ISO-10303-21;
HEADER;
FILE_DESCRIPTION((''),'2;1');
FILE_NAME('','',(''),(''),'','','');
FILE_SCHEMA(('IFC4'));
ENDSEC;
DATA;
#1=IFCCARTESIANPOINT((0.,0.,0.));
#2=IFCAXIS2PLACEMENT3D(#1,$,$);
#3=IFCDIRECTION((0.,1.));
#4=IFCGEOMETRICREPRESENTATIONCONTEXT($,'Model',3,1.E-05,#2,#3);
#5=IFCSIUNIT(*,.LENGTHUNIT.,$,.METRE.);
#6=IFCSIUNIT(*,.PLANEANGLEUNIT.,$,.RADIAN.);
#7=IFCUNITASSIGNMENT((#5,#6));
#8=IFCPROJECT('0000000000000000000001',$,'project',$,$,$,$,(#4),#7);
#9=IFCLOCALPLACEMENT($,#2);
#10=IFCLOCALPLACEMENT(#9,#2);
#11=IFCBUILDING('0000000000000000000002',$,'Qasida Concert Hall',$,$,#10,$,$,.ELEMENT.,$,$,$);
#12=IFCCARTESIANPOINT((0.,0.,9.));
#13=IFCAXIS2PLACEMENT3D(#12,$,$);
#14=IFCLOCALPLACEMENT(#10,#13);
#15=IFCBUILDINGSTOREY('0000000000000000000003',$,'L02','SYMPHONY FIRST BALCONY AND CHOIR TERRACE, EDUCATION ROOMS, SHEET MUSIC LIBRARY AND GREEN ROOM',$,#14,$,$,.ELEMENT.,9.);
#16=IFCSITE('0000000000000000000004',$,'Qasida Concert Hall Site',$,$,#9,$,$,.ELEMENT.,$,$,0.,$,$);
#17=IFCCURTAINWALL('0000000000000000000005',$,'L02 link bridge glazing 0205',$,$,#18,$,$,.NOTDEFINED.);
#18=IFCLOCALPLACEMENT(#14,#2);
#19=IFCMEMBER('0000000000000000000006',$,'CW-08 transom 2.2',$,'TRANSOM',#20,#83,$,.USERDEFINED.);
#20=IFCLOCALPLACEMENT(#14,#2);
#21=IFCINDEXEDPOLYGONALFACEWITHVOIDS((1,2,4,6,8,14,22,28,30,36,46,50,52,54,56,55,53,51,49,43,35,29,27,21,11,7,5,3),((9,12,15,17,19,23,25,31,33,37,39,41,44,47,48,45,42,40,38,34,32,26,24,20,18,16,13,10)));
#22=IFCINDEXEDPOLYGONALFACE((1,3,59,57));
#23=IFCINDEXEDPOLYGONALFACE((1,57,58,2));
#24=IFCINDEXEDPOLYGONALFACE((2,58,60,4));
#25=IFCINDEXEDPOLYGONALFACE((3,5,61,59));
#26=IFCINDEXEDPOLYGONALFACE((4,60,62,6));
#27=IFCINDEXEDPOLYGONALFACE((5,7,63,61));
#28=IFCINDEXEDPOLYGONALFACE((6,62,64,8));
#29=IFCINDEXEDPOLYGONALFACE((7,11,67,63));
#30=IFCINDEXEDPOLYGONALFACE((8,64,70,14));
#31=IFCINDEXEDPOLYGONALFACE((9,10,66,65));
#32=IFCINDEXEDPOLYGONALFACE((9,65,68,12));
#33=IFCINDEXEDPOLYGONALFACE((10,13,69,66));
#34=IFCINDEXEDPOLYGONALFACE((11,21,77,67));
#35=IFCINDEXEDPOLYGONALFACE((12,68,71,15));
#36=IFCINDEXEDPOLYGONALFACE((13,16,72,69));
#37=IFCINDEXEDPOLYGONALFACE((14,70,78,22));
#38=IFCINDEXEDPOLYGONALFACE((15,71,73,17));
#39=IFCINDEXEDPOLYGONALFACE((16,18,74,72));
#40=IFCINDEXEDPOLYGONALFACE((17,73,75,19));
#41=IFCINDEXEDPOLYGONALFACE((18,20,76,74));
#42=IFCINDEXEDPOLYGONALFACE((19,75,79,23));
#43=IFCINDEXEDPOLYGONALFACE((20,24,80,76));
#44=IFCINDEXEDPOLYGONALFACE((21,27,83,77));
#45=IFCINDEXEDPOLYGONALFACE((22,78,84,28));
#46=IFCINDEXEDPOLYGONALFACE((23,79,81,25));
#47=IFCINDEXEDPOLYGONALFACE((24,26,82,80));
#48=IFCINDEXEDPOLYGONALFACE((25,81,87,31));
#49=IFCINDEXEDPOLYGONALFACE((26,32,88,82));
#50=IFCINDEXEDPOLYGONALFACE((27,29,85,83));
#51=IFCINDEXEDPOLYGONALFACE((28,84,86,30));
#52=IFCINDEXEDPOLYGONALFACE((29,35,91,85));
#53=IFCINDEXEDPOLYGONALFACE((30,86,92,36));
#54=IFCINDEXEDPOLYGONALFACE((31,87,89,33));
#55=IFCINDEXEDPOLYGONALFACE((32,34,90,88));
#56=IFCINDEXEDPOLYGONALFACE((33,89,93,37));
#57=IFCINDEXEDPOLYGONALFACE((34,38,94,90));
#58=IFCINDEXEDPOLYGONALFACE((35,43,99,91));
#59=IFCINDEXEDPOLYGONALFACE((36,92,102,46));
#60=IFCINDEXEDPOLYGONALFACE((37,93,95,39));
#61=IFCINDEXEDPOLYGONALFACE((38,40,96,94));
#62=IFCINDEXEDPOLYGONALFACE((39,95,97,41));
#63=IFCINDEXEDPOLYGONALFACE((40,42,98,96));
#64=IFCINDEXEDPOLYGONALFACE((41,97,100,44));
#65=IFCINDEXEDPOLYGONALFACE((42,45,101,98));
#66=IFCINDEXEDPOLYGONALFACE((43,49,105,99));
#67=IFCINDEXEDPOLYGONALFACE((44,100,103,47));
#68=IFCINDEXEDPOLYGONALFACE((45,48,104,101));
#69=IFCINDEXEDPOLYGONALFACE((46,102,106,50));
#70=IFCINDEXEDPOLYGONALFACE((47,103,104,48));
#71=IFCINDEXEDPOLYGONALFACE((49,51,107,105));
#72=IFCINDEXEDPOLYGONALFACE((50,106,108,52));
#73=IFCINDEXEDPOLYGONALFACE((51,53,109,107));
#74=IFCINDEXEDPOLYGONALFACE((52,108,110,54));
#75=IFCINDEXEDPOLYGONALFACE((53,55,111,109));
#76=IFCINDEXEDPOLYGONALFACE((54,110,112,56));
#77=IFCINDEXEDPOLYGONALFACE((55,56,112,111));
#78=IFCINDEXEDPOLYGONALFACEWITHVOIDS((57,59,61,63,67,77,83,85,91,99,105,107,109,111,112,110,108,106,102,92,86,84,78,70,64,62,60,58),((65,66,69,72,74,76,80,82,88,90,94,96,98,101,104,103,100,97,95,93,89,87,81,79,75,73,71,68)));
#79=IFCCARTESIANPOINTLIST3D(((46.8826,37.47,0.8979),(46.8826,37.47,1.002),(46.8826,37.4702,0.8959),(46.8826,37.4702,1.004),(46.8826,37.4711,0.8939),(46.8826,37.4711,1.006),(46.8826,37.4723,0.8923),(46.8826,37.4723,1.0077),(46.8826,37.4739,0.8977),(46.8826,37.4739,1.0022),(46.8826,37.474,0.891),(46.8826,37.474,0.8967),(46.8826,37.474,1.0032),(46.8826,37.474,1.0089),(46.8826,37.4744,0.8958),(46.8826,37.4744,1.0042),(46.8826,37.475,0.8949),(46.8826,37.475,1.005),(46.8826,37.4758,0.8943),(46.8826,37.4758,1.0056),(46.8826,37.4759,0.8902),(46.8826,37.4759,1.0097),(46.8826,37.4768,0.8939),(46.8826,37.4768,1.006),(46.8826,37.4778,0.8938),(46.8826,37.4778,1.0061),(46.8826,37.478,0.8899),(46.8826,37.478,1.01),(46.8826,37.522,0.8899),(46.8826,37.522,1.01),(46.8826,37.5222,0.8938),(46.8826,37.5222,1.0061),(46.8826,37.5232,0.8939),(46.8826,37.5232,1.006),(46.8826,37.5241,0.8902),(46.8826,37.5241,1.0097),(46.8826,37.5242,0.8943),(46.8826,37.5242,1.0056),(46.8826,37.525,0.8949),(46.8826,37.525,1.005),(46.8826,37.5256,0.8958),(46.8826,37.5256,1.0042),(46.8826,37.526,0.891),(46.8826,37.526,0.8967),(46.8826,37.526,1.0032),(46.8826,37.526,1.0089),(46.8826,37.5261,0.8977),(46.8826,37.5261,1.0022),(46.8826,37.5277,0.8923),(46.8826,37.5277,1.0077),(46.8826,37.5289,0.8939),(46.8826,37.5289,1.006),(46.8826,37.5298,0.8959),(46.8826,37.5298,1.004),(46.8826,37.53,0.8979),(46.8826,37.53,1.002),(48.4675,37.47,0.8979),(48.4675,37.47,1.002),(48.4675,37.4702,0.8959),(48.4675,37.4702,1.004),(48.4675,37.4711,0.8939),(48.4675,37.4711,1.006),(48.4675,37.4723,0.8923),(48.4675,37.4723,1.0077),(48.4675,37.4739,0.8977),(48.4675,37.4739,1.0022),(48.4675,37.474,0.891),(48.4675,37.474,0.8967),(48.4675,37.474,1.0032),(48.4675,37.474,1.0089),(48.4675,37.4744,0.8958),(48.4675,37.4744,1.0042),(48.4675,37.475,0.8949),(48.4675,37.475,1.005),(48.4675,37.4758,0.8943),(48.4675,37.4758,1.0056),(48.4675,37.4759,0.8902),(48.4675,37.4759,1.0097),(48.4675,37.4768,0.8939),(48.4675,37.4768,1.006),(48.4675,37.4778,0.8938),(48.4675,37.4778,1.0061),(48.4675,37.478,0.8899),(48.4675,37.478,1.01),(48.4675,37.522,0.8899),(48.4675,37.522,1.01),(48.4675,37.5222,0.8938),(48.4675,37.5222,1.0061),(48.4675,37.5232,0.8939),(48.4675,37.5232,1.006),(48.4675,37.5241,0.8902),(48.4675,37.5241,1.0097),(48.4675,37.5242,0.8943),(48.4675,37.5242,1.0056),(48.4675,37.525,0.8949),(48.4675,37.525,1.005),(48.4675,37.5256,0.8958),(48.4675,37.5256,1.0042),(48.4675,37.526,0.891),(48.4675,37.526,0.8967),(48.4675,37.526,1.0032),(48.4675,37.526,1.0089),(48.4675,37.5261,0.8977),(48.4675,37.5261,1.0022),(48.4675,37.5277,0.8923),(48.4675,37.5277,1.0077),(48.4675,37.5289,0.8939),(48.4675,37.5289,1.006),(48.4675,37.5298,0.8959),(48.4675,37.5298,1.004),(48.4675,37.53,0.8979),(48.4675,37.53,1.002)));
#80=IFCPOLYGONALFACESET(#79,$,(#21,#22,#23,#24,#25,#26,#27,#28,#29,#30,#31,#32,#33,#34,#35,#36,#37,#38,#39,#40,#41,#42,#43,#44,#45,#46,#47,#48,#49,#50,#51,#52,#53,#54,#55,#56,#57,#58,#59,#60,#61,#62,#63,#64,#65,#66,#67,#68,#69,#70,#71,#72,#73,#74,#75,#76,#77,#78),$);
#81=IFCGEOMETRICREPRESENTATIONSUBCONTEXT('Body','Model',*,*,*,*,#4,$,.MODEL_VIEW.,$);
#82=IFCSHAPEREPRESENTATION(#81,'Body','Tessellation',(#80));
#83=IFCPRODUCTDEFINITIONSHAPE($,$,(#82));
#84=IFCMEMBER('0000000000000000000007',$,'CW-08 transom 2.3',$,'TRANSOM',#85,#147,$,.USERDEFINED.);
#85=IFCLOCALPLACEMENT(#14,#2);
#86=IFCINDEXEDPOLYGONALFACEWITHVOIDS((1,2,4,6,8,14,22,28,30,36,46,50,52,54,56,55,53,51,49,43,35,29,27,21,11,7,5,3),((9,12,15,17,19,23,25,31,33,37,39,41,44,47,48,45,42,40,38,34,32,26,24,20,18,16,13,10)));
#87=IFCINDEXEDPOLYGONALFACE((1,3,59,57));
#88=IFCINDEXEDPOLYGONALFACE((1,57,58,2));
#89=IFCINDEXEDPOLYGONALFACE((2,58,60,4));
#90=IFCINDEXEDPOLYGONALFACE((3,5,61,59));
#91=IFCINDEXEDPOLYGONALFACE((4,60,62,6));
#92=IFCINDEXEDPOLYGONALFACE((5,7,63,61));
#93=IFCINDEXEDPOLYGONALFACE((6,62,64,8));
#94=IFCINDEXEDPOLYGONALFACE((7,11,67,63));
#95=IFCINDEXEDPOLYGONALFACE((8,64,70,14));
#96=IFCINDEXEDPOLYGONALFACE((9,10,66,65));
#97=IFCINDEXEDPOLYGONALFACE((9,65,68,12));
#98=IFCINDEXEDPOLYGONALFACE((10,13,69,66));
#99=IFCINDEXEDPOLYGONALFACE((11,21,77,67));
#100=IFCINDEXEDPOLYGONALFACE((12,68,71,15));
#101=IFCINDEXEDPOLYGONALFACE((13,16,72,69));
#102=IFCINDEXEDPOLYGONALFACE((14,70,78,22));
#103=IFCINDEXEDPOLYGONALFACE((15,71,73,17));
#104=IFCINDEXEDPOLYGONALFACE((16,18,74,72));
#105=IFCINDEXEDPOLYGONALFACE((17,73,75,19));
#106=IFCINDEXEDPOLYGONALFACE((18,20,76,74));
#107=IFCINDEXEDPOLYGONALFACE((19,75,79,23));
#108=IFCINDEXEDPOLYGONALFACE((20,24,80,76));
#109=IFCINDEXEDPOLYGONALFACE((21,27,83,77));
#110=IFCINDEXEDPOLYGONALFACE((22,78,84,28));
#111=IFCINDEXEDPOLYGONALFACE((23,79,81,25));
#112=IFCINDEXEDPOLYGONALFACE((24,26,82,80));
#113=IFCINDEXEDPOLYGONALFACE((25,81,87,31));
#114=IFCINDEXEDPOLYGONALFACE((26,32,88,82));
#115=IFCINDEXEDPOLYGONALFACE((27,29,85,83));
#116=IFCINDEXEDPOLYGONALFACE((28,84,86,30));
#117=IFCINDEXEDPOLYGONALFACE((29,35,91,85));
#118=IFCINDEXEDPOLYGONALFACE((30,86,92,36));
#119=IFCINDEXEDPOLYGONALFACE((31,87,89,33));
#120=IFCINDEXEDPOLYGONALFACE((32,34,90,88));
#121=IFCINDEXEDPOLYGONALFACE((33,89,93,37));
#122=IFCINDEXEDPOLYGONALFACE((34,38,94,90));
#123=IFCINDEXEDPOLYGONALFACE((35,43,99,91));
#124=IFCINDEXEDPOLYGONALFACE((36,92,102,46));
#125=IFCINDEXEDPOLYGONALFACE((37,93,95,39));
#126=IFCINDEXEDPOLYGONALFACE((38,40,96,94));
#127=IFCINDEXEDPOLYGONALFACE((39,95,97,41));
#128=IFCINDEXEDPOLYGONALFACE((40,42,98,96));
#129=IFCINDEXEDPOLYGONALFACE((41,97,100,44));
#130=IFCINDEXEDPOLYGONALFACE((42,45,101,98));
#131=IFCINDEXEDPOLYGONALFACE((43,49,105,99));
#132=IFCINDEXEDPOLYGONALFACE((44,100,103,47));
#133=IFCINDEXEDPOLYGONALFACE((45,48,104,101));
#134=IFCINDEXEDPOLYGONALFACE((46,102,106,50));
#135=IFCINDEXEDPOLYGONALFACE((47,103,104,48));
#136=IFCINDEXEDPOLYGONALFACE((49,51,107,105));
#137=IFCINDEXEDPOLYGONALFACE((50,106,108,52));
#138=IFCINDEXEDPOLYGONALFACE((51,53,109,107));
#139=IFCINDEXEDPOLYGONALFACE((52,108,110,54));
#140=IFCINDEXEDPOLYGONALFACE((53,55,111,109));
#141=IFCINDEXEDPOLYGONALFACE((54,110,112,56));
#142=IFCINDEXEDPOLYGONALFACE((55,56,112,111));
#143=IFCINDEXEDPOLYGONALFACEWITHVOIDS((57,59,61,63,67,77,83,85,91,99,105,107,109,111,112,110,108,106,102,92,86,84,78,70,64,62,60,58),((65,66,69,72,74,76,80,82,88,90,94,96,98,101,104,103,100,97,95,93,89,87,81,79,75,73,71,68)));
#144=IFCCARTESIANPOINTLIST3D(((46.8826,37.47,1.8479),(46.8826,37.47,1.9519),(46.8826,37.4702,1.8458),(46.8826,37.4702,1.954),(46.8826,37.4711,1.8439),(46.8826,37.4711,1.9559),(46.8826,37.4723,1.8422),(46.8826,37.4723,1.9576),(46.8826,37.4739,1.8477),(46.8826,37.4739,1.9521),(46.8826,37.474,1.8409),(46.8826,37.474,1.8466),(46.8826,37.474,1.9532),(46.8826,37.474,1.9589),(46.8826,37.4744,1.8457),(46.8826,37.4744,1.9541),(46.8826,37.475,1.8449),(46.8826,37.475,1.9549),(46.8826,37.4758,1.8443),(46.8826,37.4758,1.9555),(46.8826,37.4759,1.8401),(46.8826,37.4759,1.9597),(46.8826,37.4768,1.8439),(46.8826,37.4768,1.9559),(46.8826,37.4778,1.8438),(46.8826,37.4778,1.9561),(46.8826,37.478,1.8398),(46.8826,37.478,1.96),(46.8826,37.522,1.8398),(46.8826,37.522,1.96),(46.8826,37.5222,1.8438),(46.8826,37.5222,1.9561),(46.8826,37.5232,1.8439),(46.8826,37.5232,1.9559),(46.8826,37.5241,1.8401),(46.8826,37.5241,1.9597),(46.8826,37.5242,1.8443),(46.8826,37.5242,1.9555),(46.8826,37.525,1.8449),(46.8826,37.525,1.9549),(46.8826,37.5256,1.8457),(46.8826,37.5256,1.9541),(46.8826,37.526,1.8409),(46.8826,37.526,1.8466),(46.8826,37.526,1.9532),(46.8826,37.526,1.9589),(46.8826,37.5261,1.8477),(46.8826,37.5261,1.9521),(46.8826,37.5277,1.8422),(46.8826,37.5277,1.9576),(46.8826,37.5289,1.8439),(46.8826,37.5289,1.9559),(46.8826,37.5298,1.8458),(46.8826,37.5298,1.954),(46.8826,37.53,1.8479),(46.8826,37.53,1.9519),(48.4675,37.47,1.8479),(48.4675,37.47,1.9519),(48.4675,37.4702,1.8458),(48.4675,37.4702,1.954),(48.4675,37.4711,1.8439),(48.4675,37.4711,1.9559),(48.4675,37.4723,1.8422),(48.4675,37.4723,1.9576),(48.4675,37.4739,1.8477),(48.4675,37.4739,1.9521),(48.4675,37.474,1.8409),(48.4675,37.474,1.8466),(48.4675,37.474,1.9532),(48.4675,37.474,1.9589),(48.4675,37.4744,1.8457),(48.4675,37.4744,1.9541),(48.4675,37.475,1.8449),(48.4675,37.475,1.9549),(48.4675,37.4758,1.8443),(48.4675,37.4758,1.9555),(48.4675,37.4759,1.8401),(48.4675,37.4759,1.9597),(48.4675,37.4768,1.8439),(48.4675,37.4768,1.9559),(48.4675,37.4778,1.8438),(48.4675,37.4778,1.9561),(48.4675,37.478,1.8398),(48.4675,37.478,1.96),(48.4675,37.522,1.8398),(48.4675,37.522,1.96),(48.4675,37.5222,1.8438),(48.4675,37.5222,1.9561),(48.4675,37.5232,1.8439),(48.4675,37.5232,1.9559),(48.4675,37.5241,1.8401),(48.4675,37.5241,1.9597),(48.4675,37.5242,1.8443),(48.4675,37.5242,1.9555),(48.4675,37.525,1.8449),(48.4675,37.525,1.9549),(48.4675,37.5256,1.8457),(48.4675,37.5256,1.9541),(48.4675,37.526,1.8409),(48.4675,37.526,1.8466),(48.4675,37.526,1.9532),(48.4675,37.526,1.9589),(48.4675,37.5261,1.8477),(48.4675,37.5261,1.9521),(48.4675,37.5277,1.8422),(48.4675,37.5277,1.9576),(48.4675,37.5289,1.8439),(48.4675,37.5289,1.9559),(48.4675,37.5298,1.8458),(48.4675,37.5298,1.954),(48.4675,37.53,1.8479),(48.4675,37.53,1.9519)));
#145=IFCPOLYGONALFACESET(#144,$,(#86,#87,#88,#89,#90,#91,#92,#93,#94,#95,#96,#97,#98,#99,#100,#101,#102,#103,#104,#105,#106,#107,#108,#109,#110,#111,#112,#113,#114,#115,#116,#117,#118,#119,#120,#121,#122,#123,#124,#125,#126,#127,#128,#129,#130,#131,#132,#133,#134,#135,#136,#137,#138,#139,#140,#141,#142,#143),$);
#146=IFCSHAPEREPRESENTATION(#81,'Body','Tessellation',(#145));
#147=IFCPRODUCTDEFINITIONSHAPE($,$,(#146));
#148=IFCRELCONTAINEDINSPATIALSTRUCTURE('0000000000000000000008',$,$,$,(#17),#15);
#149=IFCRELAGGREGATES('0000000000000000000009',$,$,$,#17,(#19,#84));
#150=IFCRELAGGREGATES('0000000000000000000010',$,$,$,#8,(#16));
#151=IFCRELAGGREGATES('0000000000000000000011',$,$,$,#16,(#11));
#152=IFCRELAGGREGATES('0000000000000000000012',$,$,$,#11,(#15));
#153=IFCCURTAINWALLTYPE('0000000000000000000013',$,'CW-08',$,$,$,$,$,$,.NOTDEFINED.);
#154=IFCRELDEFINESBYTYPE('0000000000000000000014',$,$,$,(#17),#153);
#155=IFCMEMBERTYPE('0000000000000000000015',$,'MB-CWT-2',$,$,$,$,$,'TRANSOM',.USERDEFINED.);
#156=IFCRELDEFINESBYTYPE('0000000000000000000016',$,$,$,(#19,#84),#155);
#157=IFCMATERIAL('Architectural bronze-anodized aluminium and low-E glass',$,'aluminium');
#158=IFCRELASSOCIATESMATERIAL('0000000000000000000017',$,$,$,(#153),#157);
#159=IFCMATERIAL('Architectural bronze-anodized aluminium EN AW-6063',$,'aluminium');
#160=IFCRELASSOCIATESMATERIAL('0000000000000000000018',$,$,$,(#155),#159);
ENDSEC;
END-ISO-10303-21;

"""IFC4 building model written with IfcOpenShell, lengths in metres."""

from ifc_helpers import new_model, si_unit, direction, frame, origin, origin_2d, place, context, subcontext, project, spatial, hollow_rectangle, extrude, material, material_profile, profile_set, type_object, element, aggregate, save


model = new_model("IFC4")

# Units and contexts
model_context = context("Model", 3, precision=1e-05, world=origin(), true_north=direction((0.0, 1.0)))
body_context = subcontext(model_context, "Body", "Model", "MODEL_VIEW")
ifc_project = project(units=[si_unit("LENGTHUNIT", "METRE"), si_unit("PLANEANGLEUNIT", "RADIAN")], contexts=[model_context])

# Site, building, storey
site_placement = place(None, origin())
site = spatial("IfcSite", under=ifc_project, at=site_placement, Name="Qasida Concert Hall Site", CompositionType="ELEMENT", RefElevation=0.0)
building_placement = place(site_placement, origin())
building = spatial("IfcBuilding", under=site, at=building_placement, Name="Qasida Concert Hall", CompositionType="ELEMENT")
storey_placement = place(building_placement, frame((0.0, 0.0, 9.0)))
storey = spatial("IfcBuildingStorey", under=building, at=storey_placement, Name="L02", Description="SYMPHONY FIRST BALCONY AND CHOIR TERRACE, EDUCATION ROOMS, SHEET MUSIC LIBRARY AND GREEN ROOM", CompositionType="ELEMENT", Elevation=9.0)

# Curtain wall, members
ifc_material_1 = material(Name="Architectural bronze-anodized aluminium and low-E glass", Category="aluminium")
curtain_wall_type = type_object("IfcCurtainWallType", Name="CW-08", PredefinedType="NOTDEFINED", material=ifc_material_1)
curtain_wall_placement = place(storey_placement, origin())
curtain_wall = element("IfcCurtainWall", 1, at=curtain_wall_placement, inside=storey, type_object=curtain_wall_type, Name="L02 link bridge glazing 0205", PredefinedType="NOTDEFINED")
ifc_material_2 = material(Name="Architectural bronze-anodized aluminium EN AW-6063", Category="aluminium")
ifc_material_profile_1 = material_profile(ifc_material_2, hollow_rectangle(XDim=0.0601, YDim=0.1201, WallThickness=0.0039, InnerFilletRadius=0.0039, OuterFilletRadius=0.0081, at=origin_2d()), Name="CWT 120x60x4")
ifc_profile_set_1 = profile_set([ifc_material_profile_1], Name="Architectural bronze-anodized aluminium EN AW-6063")
member_type_1 = type_object("IfcMemberType", Name="MB-CWT-2", ElementType="TRANSOM", PredefinedType="USERDEFINED", material=ifc_profile_set_1)
member_1_placement = place(storey_placement, frame((46.8826, 37.5, 0.95), z_axis=(1.0, 0.0, 0.0), x_axis=(0.0, 1.0, 0.0)))
member_1 = element("IfcMember", 2, at=member_1_placement, type_object=member_type_1, Name="CW-08 transom 2.2", ObjectType="TRANSOM", PredefinedType="USERDEFINED", context=body_context, shape_type="SweptSolid", body=[
    extrude(hollow_rectangle(XDim=0.0601, YDim=0.1201, WallThickness=0.0039, InnerFilletRadius=0.0039, OuterFilletRadius=0.0081, at=origin_2d()), origin(), (0.0, 0.0, 1.0), 1.585),
])
member_2_placement = place(storey_placement, frame((46.8826, 37.5, 1.8999), z_axis=(1.0, 0.0, 0.0), x_axis=(0.0, 1.0, 0.0)))
member_2 = element("IfcMember", 3, at=member_2_placement, type_object=member_type_1, Name="CW-08 transom 2.3", ObjectType="TRANSOM", PredefinedType="USERDEFINED", context=body_context, shape_type="SweptSolid", body=[
    extrude(hollow_rectangle(XDim=0.0601, YDim=0.1201, WallThickness=0.0039, InnerFilletRadius=0.0039, OuterFilletRadius=0.0081, at=origin_2d()), origin(), (0.0, 0.0, 1.0), 1.585),
])
aggregate(curtain_wall, [member_1, member_2])

save(model, "model.ifc")
